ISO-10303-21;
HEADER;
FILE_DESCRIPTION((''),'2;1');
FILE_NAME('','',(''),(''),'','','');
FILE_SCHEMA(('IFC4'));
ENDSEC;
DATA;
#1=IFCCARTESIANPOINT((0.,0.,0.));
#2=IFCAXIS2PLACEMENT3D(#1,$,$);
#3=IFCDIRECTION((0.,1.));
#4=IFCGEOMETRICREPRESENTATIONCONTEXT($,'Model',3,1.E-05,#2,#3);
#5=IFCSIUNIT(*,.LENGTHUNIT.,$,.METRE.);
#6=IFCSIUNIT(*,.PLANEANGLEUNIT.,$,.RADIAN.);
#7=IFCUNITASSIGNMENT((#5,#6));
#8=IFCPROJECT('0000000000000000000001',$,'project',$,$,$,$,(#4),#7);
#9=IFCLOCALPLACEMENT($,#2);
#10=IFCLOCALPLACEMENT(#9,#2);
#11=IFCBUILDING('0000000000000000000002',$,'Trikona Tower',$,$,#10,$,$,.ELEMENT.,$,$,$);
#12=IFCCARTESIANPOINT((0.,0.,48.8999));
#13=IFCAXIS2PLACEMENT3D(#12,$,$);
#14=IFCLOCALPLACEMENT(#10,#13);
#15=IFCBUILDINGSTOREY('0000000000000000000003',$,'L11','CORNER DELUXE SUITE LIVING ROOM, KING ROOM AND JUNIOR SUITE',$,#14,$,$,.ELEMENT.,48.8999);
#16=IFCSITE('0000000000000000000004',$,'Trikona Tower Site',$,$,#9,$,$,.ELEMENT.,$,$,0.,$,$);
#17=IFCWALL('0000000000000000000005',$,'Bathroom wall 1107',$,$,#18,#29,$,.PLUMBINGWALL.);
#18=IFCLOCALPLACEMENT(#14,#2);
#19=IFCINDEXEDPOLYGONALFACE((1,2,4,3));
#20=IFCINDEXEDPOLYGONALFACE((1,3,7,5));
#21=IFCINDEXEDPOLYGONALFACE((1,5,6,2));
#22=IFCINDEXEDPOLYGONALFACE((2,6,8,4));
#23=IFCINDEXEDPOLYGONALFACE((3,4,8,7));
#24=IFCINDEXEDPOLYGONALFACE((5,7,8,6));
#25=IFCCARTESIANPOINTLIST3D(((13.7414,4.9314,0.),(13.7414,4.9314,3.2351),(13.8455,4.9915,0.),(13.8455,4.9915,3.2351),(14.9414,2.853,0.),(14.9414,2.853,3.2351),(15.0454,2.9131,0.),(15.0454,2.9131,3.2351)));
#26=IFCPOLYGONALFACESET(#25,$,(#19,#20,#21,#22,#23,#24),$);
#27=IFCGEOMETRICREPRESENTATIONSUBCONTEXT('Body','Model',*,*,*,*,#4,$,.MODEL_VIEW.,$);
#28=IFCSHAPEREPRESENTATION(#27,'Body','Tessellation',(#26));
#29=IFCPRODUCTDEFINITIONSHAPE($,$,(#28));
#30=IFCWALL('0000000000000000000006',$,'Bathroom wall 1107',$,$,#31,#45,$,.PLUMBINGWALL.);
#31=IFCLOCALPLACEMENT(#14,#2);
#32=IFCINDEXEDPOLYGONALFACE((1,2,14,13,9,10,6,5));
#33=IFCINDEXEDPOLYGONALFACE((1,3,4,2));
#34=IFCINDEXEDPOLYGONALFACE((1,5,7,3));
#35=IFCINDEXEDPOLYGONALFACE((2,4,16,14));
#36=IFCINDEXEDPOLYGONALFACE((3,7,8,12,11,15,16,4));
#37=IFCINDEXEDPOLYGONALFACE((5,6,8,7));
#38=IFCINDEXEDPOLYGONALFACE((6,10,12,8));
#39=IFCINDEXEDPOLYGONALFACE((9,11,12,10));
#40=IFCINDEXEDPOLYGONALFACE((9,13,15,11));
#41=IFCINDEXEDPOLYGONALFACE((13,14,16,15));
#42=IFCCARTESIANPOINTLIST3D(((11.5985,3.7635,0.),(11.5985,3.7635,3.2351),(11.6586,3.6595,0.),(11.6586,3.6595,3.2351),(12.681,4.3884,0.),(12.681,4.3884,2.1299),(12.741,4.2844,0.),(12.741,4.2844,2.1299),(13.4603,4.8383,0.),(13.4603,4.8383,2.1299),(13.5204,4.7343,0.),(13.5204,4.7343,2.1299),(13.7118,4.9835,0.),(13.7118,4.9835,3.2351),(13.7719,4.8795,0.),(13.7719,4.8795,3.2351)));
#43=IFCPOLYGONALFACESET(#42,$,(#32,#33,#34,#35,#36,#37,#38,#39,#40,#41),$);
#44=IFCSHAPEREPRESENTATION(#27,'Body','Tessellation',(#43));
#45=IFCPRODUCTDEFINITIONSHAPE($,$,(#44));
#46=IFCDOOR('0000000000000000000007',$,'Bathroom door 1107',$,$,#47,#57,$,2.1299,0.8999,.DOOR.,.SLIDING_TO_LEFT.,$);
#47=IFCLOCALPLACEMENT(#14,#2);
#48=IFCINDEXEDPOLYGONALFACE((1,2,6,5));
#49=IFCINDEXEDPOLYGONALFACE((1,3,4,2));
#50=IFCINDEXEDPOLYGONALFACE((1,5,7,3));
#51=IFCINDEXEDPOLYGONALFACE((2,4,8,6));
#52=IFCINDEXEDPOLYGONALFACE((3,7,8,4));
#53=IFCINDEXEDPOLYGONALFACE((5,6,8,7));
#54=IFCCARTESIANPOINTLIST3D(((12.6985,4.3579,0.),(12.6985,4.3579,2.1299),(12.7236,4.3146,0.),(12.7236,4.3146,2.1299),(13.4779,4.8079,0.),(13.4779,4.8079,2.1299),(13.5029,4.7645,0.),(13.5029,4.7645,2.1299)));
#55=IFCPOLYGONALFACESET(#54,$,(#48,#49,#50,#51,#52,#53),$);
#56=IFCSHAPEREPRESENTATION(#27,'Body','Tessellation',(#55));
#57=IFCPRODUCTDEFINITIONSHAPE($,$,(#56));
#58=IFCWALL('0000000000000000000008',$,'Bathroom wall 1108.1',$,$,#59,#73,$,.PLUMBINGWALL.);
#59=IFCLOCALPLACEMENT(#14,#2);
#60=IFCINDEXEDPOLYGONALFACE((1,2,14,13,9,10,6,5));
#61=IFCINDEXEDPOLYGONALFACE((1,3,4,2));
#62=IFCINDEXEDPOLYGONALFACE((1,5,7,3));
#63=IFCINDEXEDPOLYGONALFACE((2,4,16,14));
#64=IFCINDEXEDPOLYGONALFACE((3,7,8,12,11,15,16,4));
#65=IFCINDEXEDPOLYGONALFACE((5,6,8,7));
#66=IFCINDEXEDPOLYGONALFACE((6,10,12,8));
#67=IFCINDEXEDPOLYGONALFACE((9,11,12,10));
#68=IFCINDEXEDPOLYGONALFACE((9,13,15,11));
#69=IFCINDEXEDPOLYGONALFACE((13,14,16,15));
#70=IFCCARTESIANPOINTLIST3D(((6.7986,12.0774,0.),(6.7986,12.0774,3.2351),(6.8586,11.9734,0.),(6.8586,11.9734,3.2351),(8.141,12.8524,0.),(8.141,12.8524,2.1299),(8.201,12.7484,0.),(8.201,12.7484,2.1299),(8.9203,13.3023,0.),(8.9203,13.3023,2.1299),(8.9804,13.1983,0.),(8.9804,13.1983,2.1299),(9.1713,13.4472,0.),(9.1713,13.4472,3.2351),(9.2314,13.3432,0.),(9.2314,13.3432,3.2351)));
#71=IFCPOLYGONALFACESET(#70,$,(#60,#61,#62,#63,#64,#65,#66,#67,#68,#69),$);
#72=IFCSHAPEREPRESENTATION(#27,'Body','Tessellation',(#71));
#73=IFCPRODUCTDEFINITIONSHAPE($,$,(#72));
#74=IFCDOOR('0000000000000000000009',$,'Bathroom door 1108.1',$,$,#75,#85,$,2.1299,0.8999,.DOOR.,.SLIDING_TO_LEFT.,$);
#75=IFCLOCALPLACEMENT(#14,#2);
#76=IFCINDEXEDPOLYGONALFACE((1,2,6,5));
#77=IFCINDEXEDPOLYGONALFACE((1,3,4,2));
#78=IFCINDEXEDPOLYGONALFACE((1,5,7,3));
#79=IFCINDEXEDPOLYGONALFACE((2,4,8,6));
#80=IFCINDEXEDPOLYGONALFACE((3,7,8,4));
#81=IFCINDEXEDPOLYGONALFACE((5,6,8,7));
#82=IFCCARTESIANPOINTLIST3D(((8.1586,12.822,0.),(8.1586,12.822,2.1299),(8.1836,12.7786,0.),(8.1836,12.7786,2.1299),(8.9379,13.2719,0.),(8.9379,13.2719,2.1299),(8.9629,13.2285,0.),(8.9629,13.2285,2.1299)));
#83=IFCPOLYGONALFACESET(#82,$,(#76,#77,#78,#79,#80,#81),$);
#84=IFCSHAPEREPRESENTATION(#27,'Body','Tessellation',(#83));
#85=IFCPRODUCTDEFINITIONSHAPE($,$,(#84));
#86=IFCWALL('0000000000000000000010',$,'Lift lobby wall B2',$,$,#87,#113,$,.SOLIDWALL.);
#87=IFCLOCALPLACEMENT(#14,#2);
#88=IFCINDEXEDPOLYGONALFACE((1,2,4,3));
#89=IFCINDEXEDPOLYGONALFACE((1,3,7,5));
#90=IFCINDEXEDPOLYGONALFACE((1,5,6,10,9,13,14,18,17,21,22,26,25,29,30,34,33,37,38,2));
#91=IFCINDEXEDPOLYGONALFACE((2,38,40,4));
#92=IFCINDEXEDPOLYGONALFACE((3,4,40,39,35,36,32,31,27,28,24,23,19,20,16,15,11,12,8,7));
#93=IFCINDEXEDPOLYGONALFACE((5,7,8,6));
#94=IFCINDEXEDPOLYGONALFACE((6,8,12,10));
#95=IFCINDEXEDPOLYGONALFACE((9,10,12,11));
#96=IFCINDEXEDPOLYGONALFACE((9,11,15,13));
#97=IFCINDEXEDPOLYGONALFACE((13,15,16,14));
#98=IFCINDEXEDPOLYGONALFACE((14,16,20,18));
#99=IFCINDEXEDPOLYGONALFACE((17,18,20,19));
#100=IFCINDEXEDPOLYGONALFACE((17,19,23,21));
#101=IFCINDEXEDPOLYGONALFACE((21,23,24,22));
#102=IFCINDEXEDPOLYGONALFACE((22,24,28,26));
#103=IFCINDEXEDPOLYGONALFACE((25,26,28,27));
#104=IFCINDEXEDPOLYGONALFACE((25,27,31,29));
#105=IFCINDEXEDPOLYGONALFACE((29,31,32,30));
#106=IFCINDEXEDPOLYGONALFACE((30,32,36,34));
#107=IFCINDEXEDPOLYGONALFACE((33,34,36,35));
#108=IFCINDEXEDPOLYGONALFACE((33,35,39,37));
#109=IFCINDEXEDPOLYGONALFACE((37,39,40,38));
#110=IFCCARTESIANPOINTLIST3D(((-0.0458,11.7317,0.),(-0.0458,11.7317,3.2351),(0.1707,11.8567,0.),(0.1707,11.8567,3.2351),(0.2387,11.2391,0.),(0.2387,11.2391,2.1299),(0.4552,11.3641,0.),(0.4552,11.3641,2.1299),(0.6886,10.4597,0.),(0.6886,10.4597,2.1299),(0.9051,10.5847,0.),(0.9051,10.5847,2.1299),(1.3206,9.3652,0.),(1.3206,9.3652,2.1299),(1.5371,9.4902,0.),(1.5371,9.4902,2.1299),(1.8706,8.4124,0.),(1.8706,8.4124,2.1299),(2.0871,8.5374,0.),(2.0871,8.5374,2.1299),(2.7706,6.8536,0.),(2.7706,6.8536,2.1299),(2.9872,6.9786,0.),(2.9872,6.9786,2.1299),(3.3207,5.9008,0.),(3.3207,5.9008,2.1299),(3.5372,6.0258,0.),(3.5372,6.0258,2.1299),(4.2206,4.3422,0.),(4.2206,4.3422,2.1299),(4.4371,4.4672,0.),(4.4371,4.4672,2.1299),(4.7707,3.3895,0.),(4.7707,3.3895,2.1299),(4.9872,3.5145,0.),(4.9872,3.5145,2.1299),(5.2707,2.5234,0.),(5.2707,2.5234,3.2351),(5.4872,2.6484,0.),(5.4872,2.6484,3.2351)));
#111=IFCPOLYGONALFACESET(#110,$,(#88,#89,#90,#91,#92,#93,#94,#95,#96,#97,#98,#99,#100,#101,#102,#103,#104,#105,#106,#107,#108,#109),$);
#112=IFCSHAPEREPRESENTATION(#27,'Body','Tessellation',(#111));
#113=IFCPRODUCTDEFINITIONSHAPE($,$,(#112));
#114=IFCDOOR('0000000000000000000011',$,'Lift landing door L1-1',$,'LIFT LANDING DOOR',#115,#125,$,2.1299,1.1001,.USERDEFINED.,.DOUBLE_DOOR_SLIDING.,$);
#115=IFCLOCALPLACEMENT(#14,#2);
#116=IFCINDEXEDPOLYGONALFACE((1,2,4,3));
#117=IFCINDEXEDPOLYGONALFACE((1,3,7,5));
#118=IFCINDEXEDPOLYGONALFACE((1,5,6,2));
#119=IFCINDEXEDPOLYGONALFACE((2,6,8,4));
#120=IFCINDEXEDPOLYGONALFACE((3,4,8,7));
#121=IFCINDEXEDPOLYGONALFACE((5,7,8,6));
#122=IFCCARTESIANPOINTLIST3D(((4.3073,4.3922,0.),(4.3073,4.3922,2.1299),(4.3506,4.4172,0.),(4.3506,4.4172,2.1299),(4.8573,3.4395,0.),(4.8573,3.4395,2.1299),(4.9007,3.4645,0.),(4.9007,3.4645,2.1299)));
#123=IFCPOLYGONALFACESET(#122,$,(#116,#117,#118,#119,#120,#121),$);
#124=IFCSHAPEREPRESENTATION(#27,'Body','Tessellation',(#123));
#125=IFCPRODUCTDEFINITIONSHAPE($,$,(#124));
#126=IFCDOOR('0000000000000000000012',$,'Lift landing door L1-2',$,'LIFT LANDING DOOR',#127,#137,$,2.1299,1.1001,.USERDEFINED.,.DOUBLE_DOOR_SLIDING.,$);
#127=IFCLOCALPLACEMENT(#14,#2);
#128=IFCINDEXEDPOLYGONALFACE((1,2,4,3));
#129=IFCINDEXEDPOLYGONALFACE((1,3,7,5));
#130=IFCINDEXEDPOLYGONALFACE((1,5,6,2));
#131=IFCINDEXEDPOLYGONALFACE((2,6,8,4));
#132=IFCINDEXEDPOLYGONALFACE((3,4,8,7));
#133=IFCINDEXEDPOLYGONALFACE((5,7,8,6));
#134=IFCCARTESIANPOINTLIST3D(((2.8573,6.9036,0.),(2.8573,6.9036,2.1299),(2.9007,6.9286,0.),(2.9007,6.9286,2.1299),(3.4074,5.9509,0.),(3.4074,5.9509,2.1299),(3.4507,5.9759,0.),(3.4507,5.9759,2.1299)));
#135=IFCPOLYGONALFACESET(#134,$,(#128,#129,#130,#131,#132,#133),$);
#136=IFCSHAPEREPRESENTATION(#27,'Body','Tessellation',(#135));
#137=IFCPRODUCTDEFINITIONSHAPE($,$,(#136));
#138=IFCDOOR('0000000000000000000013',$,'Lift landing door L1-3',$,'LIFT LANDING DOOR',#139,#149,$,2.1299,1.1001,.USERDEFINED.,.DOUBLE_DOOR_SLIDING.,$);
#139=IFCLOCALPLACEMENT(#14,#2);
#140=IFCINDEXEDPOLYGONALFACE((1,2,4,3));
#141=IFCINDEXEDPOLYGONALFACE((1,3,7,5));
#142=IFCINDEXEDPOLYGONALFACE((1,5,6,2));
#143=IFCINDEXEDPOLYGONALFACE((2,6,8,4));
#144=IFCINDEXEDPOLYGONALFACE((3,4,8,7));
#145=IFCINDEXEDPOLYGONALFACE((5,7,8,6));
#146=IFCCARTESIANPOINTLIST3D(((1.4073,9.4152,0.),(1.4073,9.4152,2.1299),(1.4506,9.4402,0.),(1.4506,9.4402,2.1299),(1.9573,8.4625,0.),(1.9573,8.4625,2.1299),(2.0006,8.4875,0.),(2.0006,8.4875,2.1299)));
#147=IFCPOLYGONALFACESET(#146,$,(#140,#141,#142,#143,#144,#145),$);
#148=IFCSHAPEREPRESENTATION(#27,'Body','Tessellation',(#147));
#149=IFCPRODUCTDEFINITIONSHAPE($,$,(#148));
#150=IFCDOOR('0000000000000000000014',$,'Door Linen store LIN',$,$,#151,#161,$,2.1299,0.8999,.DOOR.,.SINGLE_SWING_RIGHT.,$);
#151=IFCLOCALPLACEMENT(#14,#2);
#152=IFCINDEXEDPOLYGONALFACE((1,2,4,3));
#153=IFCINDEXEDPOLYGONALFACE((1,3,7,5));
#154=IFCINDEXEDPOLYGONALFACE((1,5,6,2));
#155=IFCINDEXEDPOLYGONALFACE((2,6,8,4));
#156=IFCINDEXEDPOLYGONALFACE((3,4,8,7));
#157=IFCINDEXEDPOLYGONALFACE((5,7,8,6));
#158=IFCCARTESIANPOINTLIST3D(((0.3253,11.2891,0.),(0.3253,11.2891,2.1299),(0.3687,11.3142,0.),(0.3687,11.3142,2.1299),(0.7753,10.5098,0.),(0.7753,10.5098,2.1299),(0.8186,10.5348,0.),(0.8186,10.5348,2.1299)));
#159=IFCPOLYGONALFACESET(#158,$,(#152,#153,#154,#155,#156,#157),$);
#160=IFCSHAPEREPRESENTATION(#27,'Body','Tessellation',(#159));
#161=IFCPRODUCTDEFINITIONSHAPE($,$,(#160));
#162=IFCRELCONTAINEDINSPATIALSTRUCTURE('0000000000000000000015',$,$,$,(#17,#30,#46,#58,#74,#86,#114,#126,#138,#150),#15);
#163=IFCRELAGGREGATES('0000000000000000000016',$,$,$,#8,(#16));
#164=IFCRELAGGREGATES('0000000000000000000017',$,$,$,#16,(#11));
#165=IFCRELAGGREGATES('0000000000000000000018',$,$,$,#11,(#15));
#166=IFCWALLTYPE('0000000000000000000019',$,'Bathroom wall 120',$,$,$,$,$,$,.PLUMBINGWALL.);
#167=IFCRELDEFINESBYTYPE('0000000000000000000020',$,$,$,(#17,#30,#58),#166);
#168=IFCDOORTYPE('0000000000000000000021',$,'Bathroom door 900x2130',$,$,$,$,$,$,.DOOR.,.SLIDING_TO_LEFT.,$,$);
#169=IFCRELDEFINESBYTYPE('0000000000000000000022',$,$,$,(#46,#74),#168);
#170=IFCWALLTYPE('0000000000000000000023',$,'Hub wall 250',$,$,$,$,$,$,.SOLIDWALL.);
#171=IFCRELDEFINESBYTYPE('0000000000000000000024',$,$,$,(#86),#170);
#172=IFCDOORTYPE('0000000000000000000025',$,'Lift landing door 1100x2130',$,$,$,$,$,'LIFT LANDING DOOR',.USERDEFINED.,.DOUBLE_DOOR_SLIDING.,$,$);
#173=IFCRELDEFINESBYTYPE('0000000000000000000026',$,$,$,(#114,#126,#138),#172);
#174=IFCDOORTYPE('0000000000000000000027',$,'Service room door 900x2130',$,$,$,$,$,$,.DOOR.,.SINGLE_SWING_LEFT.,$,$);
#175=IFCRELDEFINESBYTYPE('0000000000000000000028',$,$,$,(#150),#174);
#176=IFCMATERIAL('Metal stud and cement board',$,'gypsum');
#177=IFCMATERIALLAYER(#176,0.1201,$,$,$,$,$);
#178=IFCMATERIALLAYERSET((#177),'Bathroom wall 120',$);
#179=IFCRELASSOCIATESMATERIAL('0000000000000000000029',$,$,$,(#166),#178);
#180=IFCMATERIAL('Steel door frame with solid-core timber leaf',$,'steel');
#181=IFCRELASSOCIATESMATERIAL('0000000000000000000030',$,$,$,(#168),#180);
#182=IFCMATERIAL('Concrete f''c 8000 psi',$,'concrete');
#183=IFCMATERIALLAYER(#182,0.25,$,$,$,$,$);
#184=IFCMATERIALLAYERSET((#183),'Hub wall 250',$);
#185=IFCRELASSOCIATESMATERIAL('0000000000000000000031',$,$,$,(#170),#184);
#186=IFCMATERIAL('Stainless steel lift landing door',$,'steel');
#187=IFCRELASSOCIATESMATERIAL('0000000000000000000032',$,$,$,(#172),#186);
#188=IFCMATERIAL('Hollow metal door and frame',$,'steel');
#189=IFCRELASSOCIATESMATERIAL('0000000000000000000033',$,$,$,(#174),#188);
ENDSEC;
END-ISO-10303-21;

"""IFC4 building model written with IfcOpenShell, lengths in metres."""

from ifc_helpers import new_model, si_unit, direction, frame, frame_2d, origin, place, context, subcontext, project, spatial, rectangle, extrude, material, layer, layer_set, type_object, element, fill, save


model = new_model("IFC4")

# Units and contexts
model_context = context("Model", 3, precision=1e-05, world=origin(), true_north=direction((0.0, 1.0)))
body_context = subcontext(model_context, "Body", "Model", "MODEL_VIEW")
ifc_project = project(units=[si_unit("LENGTHUNIT", "METRE"), si_unit("PLANEANGLEUNIT", "RADIAN")], contexts=[model_context])

# Site, building, storey
site_placement = place(None, origin())
site = spatial("IfcSite", under=ifc_project, at=site_placement, Name="Trikona Tower Site", CompositionType="ELEMENT", RefElevation=0.0)
building_placement = place(site_placement, origin())
building = spatial("IfcBuilding", under=site, at=building_placement, Name="Trikona Tower", CompositionType="ELEMENT")
storey_placement = place(building_placement, frame((0.0, 0.0, 48.8999)))
storey = spatial("IfcBuildingStorey", under=building, at=storey_placement, Name="L11", Description="CORNER DELUXE SUITE LIVING ROOM, KING ROOM AND JUNIOR SUITE", CompositionType="ELEMENT", Elevation=48.8999)

# Wall
ifc_material_1 = material(Name="Metal stud and cement board", Category="gypsum")
ifc_layer_1 = layer(ifc_material_1, 0.1201)
ifc_layer_set_1 = layer_set([ifc_layer_1], Name="Bathroom wall 120")
wall_type_1 = type_object("IfcWallType", Name="Bathroom wall 120", PredefinedType="PLUMBINGWALL", material=ifc_layer_set_1)
wall_1_placement = place(storey_placement, frame((14.9934, 2.8831, 0.0), z_axis=(0.0, 0.0, 1.0), x_axis=(-0.500001, 0.866025, 0.0)))
element("IfcWall", 1, at=wall_1_placement, inside=storey, type_object=wall_type_1, Name="Bathroom wall 1107", PredefinedType="PLUMBINGWALL", context=body_context, shape_type="SweptSolid", body=[
    extrude(rectangle(XDim=2.3999, YDim=0.1201, at=frame_2d((1.2, 0.0))), origin(), (0.0, 0.0, 1.0), 3.2351),
])

# Walls, openings, doors
wall_2_placement = place(storey_placement, frame((11.6284, 3.7114, 0.0), z_axis=(0.0, 0.0, 1.0), x_axis=(0.866049, 0.499959, 0.0)))
wall_2 = element("IfcWall", 2, at=wall_2_placement, inside=storey, type_object=wall_type_1, Name="Bathroom wall 1107", PredefinedType="PLUMBINGWALL", context=body_context, shape_type="SweptSolid", body=[
    extrude(rectangle(XDim=2.4402, YDim=0.1201, at=frame_2d((1.2202, 0.0))), origin(), (0.0, 0.0, 1.0), 3.2351),
])
opening_1_placement = place(wall_2_placement, frame((1.25, 0.0, 0.0)))
opening_1 = element("IfcOpeningElement", 3, at=opening_1_placement, cuts=wall_2, PredefinedType="OPENING", context=body_context, shape_type="SweptSolid", body=[
    extrude(rectangle(XDim=0.8999, YDim=2.1299, at=frame_2d((0.45, 1.0649))), frame((0.0, 0.0701, 0.0), z_axis=(0.0, -1.0, 0.0), x_axis=(1.0, 0.0, 0.0)), (0.0, 0.0, 1.0), 0.1401),
])
ifc_material_2 = material(Name="Steel door frame with solid-core timber leaf", Category="steel")
door_type_1 = type_object("IfcDoorType", Name="Bathroom door 900x2130", OperationType="SLIDING_TO_LEFT", PredefinedType="DOOR", material=ifc_material_2)
door_1_placement = place(opening_1_placement, origin())
door_1 = element("IfcDoor", 4, at=door_1_placement, inside=storey, type_object=door_type_1, Name="Bathroom door 1107", OperationType="SLIDING_TO_LEFT", OverallHeight=2.1299, OverallWidth=0.8999, PredefinedType="DOOR", context=body_context, shape_type="SweptSolid", body=[
    extrude(rectangle(XDim=0.8999, YDim=2.1299, at=frame_2d((0.45, 1.0649))), frame((0.0, 0.0249, 0.0), z_axis=(0.0, -1.0, 0.0), x_axis=(1.0, 0.0, 0.0)), (0.0, 0.0, 1.0), 0.05),
])
fill(opening_1, door_1)
wall_3_placement = place(storey_placement, frame((6.8286, 12.0254, 0.0), z_axis=(0.0, 0.0, 1.0), x_axis=(0.866036, 0.499982, 0.0)))
wall_3 = element("IfcWall", 5, at=wall_3_placement, inside=storey, type_object=wall_type_1, Name="Bathroom wall 1108.1", PredefinedType="PLUMBINGWALL", context=body_context, shape_type="SweptSolid", body=[
    extrude(rectangle(XDim=2.7397, YDim=0.1201, at=frame_2d((1.3699, 0.0))), origin(), (0.0, 0.0, 1.0), 3.2351),
])
opening_2_placement = place(wall_3_placement, frame((1.55, 0.0, 0.0)))
opening_2 = element("IfcOpeningElement", 6, at=opening_2_placement, cuts=wall_3, PredefinedType="OPENING", context=body_context, shape_type="SweptSolid", body=[
    extrude(rectangle(XDim=0.8999, YDim=2.1299, at=frame_2d((0.45, 1.0649))), frame((0.0, 0.0701, 0.0), z_axis=(0.0, -1.0, 0.0), x_axis=(1.0, 0.0, 0.0)), (0.0, 0.0, 1.0), 0.1401),
])
door_2_placement = place(opening_2_placement, origin())
door_2 = element("IfcDoor", 7, at=door_2_placement, inside=storey, type_object=door_type_1, Name="Bathroom door 1108.1", OperationType="SLIDING_TO_LEFT", OverallHeight=2.1299, OverallWidth=0.8999, PredefinedType="DOOR", context=body_context, shape_type="SweptSolid", body=[
    extrude(rectangle(XDim=0.8999, YDim=2.1299, at=frame_2d((0.45, 1.0649))), frame((0.0, 0.0249, 0.0), z_axis=(0.0, -1.0, 0.0), x_axis=(1.0, 0.0, 0.0)), (0.0, 0.0, 1.0), 0.05),
])
fill(opening_2, door_2)

# Wall, openings, doors
ifc_material_3 = material(Name="Concrete f'c 8000 psi", Category="concrete")
ifc_layer_2 = layer(ifc_material_3, 0.25)
ifc_layer_set_2 = layer_set([ifc_layer_2], Name="Hub wall 250")
wall_type_2 = type_object("IfcWallType", Name="Hub wall 250", PredefinedType="SOLIDWALL", material=ifc_layer_set_2)
wall_4_placement = place(storey_placement, frame((5.3789, 2.5859, 0.0), z_axis=(0.0, 0.0, 1.0), x_axis=(-0.500001, 0.866025, 0.0)))
wall_4 = element("IfcWall", 8, at=wall_4_placement, inside=storey, type_object=wall_type_2, Name="Lift lobby wall B2", PredefinedType="SOLIDWALL", context=body_context, shape_type="SweptSolid", body=[
    extrude(rectangle(XDim=10.6328, YDim=0.25, at=frame_2d((5.3164, 0.0))), origin(), (0.0, 0.0, 1.0), 3.2351),
])
opening_3_placement = place(wall_4_placement, frame((9.1641, 0.0, 0.0)))
opening_3 = element("IfcOpeningElement", 9, at=opening_3_placement, cuts=wall_4, PredefinedType="OPENING", context=body_context, shape_type="SweptSolid", body=[
    extrude(rectangle(XDim=0.8999, YDim=2.1299, at=frame_2d((0.45, 1.0649))), frame((0.0, 0.135, 0.0), z_axis=(0.0, -1.0, 0.0), x_axis=(1.0, 0.0, 0.0)), (0.0, 0.0, 1.0), 0.27),
])
opening_4_placement = place(wall_4_placement, frame((1.0, 0.0, 0.0)))
opening_4 = element("IfcOpeningElement", 10, at=opening_4_placement, cuts=wall_4, PredefinedType="OPENING", context=body_context, shape_type="SweptSolid", body=[
    extrude(rectangle(XDim=1.1001, YDim=2.1299, at=frame_2d((0.55, 1.0649))), frame((0.0, 0.135, 0.0), z_axis=(0.0, -1.0, 0.0), x_axis=(1.0, 0.0, 0.0)), (0.0, 0.0, 1.0), 0.27),
])
opening_5_placement = place(wall_4_placement, frame((3.8999, 0.0, 0.0)))
opening_5 = element("IfcOpeningElement", 11, at=opening_5_placement, cuts=wall_4, PredefinedType="OPENING", context=body_context, shape_type="SweptSolid", body=[
    extrude(rectangle(XDim=1.1001, YDim=2.1299, at=frame_2d((0.55, 1.0649))), frame((0.0, 0.135, 0.0), z_axis=(0.0, -1.0, 0.0), x_axis=(1.0, 0.0, 0.0)), (0.0, 0.0, 1.0), 0.27),
])
opening_6_placement = place(wall_4_placement, frame((6.8, 0.0, 0.0)))
opening_6 = element("IfcOpeningElement", 12, at=opening_6_placement, cuts=wall_4, PredefinedType="OPENING", context=body_context, shape_type="SweptSolid", body=[
    extrude(rectangle(XDim=1.1001, YDim=2.1299, at=frame_2d((0.55, 1.0649))), frame((0.0, 0.135, 0.0), z_axis=(0.0, -1.0, 0.0), x_axis=(1.0, 0.0, 0.0)), (0.0, 0.0, 1.0), 0.27),
])
ifc_material_4 = material(Name="Stainless steel lift landing door", Category="steel")
door_type_2 = type_object("IfcDoorType", Name="Lift landing door 1100x2130", ElementType="LIFT LANDING DOOR", OperationType="DOUBLE_DOOR_SLIDING", PredefinedType="USERDEFINED", material=ifc_material_4)
door_3_placement = place(opening_4_placement, origin())
door_3 = element("IfcDoor", 13, at=door_3_placement, inside=storey, type_object=door_type_2, Name="Lift landing door L1-1", ObjectType="LIFT LANDING DOOR", OperationType="DOUBLE_DOOR_SLIDING", OverallHeight=2.1299, OverallWidth=1.1001, PredefinedType="USERDEFINED", context=body_context, shape_type="SweptSolid", body=[
    extrude(rectangle(XDim=1.1001, YDim=2.1299, at=frame_2d((0.55, 1.0649))), frame((0.0, 0.0249, 0.0), z_axis=(0.0, -1.0, 0.0), x_axis=(1.0, 0.0, 0.0)), (0.0, 0.0, 1.0), 0.05),
])
fill(opening_4, door_3)
door_4_placement = place(opening_5_placement, origin())
door_4 = element("IfcDoor", 14, at=door_4_placement, inside=storey, type_object=door_type_2, Name="Lift landing door L1-2", ObjectType="LIFT LANDING DOOR", OperationType="DOUBLE_DOOR_SLIDING", OverallHeight=2.1299, OverallWidth=1.1001, PredefinedType="USERDEFINED", context=body_context, shape_type="SweptSolid", body=[
    extrude(rectangle(XDim=1.1001, YDim=2.1299, at=frame_2d((0.55, 1.0649))), frame((0.0, 0.0249, 0.0), z_axis=(0.0, -1.0, 0.0), x_axis=(1.0, 0.0, 0.0)), (0.0, 0.0, 1.0), 0.05),
])
fill(opening_5, door_4)
door_5_placement = place(opening_6_placement, origin())
door_5 = element("IfcDoor", 15, at=door_5_placement, inside=storey, type_object=door_type_2, Name="Lift landing door L1-3", ObjectType="LIFT LANDING DOOR", OperationType="DOUBLE_DOOR_SLIDING", OverallHeight=2.1299, OverallWidth=1.1001, PredefinedType="USERDEFINED", context=body_context, shape_type="SweptSolid", body=[
    extrude(rectangle(XDim=1.1001, YDim=2.1299, at=frame_2d((0.55, 1.0649))), frame((0.0, 0.0249, 0.0), z_axis=(0.0, -1.0, 0.0), x_axis=(1.0, 0.0, 0.0)), (0.0, 0.0, 1.0), 0.05),
])
fill(opening_6, door_5)
ifc_material_5 = material(Name="Hollow metal door and frame", Category="steel")
door_type_3 = type_object("IfcDoorType", Name="Service room door 900x2130", OperationType="SINGLE_SWING_LEFT", PredefinedType="DOOR", material=ifc_material_5)
door_6_placement = place(opening_3_placement, origin())
door_6 = element("IfcDoor", 16, at=door_6_placement, inside=storey, type_object=door_type_3, Name="Door Linen store LIN", OperationType="SINGLE_SWING_RIGHT", OverallHeight=2.1299, OverallWidth=0.8999, PredefinedType="DOOR", context=body_context, shape_type="SweptSolid", body=[
    extrude(rectangle(XDim=0.8999, YDim=2.1299, at=frame_2d((0.45, 1.0649))), frame((0.0, 0.0249, 0.0), z_axis=(0.0, -1.0, 0.0), x_axis=(1.0, 0.0, 0.0)), (0.0, 0.0, 1.0), 0.05),
])
fill(opening_3, door_6)

save(model, "model.ifc")
